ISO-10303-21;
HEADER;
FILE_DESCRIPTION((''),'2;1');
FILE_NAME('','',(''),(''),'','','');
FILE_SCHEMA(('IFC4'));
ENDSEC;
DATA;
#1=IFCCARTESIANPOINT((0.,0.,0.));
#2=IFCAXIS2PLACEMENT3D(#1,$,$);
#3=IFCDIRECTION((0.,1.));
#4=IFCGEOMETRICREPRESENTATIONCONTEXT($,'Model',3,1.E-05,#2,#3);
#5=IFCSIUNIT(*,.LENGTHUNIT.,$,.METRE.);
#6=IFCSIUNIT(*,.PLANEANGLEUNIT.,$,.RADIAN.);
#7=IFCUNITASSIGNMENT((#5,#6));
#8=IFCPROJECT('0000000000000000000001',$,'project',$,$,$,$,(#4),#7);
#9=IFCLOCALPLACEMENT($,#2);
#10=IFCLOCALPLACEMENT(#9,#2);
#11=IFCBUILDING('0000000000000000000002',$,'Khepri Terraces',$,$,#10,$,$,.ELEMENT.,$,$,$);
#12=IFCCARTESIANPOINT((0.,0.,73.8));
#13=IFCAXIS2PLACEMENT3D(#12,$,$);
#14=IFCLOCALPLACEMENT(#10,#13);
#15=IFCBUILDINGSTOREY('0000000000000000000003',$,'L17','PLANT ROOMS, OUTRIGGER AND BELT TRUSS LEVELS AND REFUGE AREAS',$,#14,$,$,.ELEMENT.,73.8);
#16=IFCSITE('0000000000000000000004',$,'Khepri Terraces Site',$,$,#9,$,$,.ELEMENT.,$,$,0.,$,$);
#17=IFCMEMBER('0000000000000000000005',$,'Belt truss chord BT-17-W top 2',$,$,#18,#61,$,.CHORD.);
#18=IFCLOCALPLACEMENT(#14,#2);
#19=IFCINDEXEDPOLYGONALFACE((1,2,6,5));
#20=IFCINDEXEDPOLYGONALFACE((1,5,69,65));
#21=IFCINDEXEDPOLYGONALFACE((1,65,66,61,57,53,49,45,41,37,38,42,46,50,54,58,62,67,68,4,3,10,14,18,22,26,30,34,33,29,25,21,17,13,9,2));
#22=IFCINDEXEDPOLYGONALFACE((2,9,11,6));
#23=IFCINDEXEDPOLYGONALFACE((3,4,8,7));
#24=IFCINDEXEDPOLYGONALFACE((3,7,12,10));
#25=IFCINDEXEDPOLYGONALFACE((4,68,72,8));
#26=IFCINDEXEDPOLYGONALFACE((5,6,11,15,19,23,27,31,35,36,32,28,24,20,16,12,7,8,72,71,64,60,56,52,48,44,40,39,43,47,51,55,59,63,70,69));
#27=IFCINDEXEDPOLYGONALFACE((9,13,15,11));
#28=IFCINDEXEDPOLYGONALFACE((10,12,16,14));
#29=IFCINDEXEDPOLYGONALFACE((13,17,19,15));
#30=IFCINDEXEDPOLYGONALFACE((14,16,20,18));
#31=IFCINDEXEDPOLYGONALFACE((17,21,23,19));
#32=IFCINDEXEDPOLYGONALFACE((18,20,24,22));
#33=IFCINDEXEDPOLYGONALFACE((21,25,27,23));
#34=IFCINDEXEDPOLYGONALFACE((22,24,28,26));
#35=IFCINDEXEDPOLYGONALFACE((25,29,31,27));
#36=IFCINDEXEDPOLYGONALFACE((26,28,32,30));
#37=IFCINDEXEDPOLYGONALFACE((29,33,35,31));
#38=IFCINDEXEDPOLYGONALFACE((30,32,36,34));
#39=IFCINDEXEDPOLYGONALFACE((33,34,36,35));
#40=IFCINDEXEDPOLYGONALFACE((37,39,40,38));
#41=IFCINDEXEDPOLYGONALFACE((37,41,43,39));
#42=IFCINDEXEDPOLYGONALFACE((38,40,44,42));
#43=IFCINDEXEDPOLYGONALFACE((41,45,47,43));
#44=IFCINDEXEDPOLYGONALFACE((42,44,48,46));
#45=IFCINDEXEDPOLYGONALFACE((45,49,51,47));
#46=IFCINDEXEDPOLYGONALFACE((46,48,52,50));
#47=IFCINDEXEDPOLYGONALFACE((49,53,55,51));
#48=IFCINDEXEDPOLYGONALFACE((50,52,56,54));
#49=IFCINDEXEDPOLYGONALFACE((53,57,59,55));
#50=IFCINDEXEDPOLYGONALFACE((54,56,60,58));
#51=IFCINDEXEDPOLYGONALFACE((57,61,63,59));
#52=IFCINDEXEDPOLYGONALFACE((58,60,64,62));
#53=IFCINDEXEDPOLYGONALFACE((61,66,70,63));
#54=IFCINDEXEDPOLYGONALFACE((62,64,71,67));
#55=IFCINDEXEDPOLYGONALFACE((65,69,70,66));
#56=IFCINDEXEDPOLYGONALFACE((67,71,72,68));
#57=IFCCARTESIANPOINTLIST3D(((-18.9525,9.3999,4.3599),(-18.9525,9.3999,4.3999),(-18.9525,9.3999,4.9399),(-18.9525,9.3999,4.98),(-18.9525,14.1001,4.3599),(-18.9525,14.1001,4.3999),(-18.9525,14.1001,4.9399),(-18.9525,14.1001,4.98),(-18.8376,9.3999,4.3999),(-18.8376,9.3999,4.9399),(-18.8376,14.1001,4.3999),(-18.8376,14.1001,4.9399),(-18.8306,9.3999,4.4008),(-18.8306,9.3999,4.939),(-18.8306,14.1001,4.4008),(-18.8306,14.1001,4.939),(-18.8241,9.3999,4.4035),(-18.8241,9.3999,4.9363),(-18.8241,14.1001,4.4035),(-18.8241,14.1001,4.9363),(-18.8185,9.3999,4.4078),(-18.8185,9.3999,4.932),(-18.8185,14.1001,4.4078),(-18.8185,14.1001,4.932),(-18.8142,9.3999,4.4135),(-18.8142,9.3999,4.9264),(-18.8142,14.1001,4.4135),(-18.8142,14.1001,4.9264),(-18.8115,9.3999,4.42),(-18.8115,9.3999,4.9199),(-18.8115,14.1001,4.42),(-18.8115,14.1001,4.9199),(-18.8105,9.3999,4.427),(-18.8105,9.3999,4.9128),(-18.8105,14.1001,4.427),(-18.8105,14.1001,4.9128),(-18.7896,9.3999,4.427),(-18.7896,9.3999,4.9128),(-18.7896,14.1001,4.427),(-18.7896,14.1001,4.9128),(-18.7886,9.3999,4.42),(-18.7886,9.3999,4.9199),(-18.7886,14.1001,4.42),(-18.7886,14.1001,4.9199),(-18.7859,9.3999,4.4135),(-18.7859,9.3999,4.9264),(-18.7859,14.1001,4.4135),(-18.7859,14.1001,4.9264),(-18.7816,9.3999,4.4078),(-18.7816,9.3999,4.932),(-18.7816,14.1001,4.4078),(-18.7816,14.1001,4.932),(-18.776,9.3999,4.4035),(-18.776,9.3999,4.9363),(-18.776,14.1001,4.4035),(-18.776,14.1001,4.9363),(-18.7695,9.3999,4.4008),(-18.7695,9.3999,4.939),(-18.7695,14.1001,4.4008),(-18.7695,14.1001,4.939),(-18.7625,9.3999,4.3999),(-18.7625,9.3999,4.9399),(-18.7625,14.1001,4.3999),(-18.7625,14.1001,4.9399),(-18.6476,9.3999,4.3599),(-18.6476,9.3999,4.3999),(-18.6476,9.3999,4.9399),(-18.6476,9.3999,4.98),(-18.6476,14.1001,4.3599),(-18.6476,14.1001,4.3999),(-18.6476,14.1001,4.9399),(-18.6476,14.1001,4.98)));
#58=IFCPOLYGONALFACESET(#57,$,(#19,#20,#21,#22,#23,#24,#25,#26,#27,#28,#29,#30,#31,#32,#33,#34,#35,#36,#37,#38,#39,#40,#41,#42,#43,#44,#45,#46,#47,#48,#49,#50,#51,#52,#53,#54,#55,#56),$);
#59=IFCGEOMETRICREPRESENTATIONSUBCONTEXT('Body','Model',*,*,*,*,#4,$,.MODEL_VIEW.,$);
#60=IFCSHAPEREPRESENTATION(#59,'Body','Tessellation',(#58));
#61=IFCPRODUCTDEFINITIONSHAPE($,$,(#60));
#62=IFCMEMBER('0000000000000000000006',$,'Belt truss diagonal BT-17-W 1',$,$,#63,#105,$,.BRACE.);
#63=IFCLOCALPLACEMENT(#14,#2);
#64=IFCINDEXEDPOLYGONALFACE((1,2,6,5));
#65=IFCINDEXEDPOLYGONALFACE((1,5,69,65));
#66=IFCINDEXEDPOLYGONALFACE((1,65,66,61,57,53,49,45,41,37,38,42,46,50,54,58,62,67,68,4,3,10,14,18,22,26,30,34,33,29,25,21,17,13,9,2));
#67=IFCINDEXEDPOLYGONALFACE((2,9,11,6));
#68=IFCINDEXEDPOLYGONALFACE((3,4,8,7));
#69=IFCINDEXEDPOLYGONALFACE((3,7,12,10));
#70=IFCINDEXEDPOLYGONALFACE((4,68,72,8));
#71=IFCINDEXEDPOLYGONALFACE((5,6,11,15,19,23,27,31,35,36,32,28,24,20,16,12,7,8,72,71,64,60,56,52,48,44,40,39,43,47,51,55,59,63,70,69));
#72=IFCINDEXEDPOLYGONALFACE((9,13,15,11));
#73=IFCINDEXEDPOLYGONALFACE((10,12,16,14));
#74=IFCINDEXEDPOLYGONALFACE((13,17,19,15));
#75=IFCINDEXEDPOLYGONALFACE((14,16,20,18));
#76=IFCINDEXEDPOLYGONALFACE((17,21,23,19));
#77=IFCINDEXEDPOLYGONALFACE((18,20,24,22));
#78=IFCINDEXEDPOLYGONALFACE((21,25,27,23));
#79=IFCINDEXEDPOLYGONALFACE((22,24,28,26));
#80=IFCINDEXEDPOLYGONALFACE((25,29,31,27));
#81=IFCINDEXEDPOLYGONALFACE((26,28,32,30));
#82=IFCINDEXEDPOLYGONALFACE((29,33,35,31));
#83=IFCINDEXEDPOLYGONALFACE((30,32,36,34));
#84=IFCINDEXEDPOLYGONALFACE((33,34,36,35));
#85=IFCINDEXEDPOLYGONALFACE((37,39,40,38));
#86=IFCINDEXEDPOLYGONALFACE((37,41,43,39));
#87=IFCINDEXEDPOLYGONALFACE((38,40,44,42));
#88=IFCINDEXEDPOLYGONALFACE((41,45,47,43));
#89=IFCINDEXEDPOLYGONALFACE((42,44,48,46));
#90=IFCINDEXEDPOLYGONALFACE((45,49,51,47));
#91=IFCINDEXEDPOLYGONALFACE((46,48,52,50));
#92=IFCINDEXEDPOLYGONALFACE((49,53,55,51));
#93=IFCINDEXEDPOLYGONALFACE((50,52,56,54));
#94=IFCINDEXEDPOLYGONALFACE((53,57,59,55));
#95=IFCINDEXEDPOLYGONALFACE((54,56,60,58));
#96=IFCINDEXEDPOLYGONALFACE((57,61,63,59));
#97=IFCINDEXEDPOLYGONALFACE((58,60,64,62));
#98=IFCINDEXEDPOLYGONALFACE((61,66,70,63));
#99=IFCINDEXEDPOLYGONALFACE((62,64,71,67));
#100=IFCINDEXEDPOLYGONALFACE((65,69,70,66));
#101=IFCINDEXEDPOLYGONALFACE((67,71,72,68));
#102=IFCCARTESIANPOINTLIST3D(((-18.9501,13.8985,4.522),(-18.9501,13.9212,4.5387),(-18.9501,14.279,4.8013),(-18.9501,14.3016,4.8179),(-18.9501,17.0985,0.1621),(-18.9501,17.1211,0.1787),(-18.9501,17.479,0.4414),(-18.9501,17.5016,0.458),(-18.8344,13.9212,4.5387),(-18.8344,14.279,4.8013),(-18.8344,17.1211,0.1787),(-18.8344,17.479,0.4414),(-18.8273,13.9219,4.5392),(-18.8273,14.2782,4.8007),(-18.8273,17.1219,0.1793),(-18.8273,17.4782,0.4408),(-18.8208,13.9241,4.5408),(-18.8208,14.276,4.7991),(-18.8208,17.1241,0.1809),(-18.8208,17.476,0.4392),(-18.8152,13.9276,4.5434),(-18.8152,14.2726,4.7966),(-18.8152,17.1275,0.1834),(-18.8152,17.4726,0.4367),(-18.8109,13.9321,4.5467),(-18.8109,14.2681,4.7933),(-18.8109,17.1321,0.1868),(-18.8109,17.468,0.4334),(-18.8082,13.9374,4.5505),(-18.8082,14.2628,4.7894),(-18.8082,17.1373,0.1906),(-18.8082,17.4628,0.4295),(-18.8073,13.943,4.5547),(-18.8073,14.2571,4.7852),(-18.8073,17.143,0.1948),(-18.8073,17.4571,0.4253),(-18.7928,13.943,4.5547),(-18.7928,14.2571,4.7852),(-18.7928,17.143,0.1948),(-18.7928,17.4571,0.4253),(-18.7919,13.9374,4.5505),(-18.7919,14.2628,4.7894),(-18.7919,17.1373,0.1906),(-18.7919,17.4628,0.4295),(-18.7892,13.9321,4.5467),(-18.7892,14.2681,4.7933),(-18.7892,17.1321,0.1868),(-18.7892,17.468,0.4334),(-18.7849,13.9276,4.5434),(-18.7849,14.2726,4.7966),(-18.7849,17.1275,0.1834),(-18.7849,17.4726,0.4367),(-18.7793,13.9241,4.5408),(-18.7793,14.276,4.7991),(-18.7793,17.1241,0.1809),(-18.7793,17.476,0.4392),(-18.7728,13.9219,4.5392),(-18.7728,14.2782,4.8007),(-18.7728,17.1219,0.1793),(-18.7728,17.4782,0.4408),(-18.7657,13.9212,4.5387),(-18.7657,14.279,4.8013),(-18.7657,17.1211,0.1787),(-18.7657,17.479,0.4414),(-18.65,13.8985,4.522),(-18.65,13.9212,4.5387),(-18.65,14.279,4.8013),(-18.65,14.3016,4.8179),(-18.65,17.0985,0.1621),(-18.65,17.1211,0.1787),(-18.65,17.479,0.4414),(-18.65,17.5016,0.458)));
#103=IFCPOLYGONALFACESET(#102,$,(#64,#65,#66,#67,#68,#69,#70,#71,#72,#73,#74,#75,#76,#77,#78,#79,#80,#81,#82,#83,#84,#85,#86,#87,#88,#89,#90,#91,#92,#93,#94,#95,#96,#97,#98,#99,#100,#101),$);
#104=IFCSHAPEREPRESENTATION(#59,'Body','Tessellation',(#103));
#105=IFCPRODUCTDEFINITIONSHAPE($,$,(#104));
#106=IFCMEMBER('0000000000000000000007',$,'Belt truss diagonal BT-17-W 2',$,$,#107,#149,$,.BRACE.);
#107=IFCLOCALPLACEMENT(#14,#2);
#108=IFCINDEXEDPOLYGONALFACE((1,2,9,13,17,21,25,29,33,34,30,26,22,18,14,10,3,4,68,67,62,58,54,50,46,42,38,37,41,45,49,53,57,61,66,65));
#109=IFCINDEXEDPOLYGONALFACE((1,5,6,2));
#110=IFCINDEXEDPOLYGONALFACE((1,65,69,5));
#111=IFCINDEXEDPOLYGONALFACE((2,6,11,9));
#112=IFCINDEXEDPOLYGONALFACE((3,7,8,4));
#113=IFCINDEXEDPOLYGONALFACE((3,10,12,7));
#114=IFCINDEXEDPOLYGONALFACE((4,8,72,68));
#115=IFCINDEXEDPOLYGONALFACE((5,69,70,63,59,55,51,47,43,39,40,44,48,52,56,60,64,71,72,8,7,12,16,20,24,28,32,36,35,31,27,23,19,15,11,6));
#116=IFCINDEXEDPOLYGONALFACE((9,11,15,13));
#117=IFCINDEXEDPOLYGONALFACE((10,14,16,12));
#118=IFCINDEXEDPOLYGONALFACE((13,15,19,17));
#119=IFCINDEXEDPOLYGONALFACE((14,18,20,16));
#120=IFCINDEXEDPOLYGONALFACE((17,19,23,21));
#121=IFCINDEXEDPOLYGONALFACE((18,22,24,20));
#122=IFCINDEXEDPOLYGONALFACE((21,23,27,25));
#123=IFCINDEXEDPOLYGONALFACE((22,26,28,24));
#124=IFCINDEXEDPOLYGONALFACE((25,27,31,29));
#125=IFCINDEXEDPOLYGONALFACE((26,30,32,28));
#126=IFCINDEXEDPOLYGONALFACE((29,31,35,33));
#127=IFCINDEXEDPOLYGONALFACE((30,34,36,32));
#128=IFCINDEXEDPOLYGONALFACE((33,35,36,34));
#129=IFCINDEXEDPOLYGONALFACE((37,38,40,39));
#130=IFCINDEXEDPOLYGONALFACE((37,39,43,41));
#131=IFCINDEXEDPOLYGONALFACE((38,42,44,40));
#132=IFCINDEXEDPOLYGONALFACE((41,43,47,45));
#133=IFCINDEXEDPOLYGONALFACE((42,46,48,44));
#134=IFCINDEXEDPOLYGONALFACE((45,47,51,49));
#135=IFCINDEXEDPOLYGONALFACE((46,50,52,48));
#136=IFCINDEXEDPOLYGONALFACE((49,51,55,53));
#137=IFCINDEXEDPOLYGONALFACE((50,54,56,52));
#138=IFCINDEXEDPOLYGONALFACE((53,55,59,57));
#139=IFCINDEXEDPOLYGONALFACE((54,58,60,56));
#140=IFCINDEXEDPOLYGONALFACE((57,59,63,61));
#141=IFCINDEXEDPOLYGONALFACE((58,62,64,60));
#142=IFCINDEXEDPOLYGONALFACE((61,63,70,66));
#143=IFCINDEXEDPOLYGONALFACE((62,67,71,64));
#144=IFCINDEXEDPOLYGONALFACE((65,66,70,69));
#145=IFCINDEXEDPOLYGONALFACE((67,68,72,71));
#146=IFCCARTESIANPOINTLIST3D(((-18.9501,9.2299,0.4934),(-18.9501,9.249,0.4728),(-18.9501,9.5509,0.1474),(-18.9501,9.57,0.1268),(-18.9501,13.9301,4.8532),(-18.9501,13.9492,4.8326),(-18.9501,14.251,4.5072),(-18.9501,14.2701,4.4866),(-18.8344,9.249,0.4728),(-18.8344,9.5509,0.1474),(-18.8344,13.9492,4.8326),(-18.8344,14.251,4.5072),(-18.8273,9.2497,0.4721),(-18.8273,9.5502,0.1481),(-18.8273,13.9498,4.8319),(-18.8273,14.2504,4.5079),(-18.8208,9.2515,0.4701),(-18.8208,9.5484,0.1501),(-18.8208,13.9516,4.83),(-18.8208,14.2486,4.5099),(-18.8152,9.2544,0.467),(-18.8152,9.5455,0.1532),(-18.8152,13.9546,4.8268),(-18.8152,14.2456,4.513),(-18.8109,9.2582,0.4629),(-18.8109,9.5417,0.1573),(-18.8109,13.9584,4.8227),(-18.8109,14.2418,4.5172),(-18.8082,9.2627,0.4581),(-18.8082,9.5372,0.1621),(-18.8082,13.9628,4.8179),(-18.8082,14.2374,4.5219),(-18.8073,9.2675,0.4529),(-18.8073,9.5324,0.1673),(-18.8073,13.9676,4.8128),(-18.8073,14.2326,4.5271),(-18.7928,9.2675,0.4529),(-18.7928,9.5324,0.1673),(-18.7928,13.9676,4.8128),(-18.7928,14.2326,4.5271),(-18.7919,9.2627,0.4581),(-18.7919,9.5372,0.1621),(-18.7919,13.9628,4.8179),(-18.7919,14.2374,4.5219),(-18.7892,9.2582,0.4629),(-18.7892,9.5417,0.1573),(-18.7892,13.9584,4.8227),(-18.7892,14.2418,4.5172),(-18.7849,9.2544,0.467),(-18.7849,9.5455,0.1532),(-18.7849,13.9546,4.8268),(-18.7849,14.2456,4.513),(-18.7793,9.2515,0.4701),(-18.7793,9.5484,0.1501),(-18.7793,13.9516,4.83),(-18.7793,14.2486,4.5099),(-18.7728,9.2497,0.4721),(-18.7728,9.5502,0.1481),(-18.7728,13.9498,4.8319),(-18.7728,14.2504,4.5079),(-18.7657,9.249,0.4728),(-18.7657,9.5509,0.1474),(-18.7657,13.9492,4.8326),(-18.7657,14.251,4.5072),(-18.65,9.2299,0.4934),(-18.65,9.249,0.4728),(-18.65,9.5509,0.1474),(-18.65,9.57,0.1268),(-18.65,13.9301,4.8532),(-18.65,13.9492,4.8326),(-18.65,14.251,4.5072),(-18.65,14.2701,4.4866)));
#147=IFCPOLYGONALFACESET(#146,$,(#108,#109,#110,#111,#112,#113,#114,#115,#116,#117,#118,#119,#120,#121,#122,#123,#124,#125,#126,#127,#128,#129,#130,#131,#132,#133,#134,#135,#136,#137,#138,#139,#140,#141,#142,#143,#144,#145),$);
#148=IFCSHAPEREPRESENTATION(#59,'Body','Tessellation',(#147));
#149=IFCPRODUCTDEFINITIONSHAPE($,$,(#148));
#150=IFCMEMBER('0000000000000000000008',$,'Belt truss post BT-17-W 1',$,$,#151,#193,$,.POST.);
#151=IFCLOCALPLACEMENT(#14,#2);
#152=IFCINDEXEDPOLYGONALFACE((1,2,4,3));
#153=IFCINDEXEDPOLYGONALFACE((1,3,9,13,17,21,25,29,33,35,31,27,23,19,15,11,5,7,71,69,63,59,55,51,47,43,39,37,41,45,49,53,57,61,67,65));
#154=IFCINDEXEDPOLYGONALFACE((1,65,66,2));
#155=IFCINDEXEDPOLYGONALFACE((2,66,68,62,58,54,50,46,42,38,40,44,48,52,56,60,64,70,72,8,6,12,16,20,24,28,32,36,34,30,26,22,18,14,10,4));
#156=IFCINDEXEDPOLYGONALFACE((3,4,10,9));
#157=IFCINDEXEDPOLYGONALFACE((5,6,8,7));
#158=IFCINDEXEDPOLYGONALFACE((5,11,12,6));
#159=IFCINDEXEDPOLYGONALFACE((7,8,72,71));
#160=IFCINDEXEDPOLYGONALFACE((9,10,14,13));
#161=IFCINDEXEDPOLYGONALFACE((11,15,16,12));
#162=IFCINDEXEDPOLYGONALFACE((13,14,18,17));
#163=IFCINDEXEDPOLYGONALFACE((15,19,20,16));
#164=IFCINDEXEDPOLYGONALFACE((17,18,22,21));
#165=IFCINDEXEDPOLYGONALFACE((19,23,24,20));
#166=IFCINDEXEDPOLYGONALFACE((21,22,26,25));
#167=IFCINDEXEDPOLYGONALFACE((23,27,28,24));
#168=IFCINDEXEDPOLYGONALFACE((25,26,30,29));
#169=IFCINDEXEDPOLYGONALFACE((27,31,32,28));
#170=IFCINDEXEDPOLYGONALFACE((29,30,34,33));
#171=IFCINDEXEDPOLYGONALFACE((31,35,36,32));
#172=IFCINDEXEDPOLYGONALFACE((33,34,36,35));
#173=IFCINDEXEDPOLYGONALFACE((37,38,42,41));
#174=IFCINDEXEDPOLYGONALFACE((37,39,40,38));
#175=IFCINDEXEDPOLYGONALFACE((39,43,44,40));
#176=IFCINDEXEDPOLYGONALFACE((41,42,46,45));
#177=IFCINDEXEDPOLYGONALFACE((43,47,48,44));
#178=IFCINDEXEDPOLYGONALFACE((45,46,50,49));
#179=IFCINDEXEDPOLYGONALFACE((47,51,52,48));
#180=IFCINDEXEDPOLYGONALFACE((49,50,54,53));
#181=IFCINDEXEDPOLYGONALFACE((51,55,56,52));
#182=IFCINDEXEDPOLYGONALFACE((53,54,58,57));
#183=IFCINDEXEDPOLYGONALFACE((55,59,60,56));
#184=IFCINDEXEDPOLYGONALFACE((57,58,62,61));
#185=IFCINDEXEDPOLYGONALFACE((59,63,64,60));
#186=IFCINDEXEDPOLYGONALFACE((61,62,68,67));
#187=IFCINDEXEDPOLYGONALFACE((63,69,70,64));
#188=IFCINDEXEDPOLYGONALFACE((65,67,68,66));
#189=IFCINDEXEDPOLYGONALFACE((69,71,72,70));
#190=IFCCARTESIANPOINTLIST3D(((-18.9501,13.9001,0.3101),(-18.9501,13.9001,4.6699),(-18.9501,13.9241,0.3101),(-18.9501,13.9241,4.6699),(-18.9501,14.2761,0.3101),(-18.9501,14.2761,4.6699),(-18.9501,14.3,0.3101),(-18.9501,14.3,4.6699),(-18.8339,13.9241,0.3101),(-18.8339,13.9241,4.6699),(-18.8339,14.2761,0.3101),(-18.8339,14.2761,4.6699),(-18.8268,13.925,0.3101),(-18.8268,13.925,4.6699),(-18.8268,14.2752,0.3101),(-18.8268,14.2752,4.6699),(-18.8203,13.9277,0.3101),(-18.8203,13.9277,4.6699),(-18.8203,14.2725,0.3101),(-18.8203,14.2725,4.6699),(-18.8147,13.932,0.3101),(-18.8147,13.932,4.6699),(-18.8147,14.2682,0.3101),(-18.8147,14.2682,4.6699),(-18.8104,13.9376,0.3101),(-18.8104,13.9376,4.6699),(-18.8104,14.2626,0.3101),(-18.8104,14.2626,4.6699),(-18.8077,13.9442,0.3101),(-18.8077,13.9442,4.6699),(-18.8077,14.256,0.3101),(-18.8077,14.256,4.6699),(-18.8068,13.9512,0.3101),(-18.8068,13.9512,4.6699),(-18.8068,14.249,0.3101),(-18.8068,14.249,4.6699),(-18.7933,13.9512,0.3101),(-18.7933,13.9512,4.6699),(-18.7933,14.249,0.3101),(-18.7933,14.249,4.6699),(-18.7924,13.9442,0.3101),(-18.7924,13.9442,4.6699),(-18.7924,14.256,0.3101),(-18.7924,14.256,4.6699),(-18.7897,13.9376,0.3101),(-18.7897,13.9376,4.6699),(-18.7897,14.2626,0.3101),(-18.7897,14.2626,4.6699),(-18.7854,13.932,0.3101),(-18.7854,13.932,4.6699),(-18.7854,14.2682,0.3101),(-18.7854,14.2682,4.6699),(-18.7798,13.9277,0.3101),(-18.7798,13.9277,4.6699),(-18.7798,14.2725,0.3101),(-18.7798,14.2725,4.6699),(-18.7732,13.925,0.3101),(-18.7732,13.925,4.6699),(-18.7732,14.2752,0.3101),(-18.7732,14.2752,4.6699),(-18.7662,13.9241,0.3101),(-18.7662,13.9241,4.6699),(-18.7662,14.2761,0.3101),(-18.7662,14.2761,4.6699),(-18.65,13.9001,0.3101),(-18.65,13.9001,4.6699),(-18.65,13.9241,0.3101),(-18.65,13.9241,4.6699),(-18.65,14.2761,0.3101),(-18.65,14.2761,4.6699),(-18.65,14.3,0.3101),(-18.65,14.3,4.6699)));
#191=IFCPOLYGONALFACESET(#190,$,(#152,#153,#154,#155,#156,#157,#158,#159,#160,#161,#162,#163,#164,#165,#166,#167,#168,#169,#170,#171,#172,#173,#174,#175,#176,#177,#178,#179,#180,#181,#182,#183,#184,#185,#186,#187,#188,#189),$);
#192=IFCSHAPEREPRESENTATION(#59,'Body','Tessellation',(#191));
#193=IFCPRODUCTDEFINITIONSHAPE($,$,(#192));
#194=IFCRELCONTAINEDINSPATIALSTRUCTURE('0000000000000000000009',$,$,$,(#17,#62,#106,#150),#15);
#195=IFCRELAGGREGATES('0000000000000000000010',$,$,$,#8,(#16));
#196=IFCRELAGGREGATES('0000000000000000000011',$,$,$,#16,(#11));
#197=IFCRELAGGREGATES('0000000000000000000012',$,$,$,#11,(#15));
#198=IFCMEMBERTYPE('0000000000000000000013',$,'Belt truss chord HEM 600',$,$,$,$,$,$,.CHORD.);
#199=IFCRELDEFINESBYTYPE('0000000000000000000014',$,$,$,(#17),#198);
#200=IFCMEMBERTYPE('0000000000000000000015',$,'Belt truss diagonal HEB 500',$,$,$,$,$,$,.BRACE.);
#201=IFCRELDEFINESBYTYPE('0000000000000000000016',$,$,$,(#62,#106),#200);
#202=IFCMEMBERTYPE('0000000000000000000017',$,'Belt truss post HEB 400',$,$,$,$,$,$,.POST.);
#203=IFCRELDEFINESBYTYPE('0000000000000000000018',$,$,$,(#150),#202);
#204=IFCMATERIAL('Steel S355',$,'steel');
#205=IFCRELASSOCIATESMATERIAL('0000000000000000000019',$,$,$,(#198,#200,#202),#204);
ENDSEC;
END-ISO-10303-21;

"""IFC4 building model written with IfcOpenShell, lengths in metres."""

from ifc_helpers import new_model, si_unit, direction, frame, origin, origin_2d, place, context, subcontext, project, spatial, i_section, extrude, material, material_profile, profile_set, type_object, element, save


model = new_model("IFC4")

# Units and contexts
model_context = context("Model", 3, precision=1e-05, world=origin(), true_north=direction((0.0, 1.0)))
body_context = subcontext(model_context, "Body", "Model", "MODEL_VIEW")
ifc_project = project(units=[si_unit("LENGTHUNIT", "METRE"), si_unit("PLANEANGLEUNIT", "RADIAN")], contexts=[model_context])

# Site, building, storey
site_placement = place(None, origin())
site = spatial("IfcSite", under=ifc_project, at=site_placement, Name="Khepri Terraces Site", CompositionType="ELEMENT", RefElevation=0.0)
building_placement = place(site_placement, origin())
building = spatial("IfcBuilding", under=site, at=building_placement, Name="Khepri Terraces", CompositionType="ELEMENT")
storey_placement = place(building_placement, frame((0.0, 0.0, 73.8)))
storey = spatial("IfcBuildingStorey", under=building, at=storey_placement, Name="L17", Description="PLANT ROOMS, OUTRIGGER AND BELT TRUSS LEVELS AND REFUGE AREAS", CompositionType="ELEMENT", Elevation=73.8)

# Members
ifc_material_1 = material(Name="Steel S355", Category="steel")
ifc_material_profile_1 = material_profile(ifc_material_1, i_section(OverallWidth=0.3049, OverallDepth=0.6201, WebThickness=0.021, FlangeThickness=0.04, FilletRadius=0.0271, at=origin_2d()), Name="Steel S355", Category="steel")
ifc_profile_set_1 = profile_set([ifc_material_profile_1], Name="Steel S355")
member_type_1 = type_object("IfcMemberType", Name="Belt truss chord HEM 600", PredefinedType="CHORD", material=ifc_profile_set_1)
for number, where, z_axis, x_axis, name in (
    (1, (-18.8, 14.1001, 4.6699), (0.0, -1.0, 0.0), (1.0, 0.0, 0.0), "Belt truss chord BT-17-W top 2"),
):
    element("IfcMember", number, at=place(storey_placement, frame(where, z_axis=z_axis, x_axis=x_axis)), inside=storey, type_object=member_type_1, Name=name, PredefinedType="CHORD", context=body_context, shape_type="SweptSolid", body=[
        extrude(i_section(OverallWidth=0.3049, OverallDepth=0.6201, WebThickness=0.021, FlangeThickness=0.04, FilletRadius=0.0271, at=origin_2d()), origin(), (0.0, 0.0, 1.0), 4.7002),
    ])
ifc_material_profile_2 = material_profile(ifc_material_1, i_section(OverallWidth=0.3, OverallDepth=0.5, WebThickness=0.0144, FlangeThickness=0.0281, FilletRadius=0.0271, at=origin_2d()), Name="Steel S355", Category="steel")
ifc_profile_set_2 = profile_set([ifc_material_profile_2], Name="Steel S355")
member_type_2 = type_object("IfcMemberType", Name="Belt truss diagonal HEB 500", PredefinedType="BRACE", material=ifc_profile_set_2)
member_1_placement = place(storey_placement, frame((-18.8, 17.3, 0.3101), z_axis=(0.0, -0.59169, 0.806165), x_axis=(1.0, 0.0, 0.0)))
element("IfcMember", 2, at=member_1_placement, inside=storey, type_object=member_type_2, Name="Belt truss diagonal BT-17-W 1", PredefinedType="BRACE", context=body_context, shape_type="SweptSolid", body=[
    extrude(i_section(OverallWidth=0.3, OverallDepth=0.5, WebThickness=0.0144, FlangeThickness=0.0281, FilletRadius=0.0271, at=origin_2d()), origin(), (0.0, 0.0, 1.0), 5.4082),
])
member_2_placement = place(storey_placement, frame((-18.8, 14.1001, 4.6699), z_axis=(0.0, -0.733151, -0.680065), x_axis=(1.0, 0.0, 0.0)))
element("IfcMember", 3, at=member_2_placement, inside=storey, type_object=member_type_2, Name="Belt truss diagonal BT-17-W 2", PredefinedType="BRACE", context=body_context, shape_type="SweptSolid", body=[
    extrude(i_section(OverallWidth=0.3, OverallDepth=0.5, WebThickness=0.0144, FlangeThickness=0.0281, FilletRadius=0.0271, at=origin_2d()), origin(), (0.0, 0.0, 1.0), 6.4109),
])
ifc_material_profile_3 = material_profile(ifc_material_1, i_section(OverallWidth=0.3, OverallDepth=0.3999, WebThickness=0.0134, FlangeThickness=0.0239, FilletRadius=0.0271, at=origin_2d()), Name="Steel S355", Category="steel")
ifc_profile_set_3 = profile_set([ifc_material_profile_3], Name="Steel S355")
member_type_3 = type_object("IfcMemberType", Name="Belt truss post HEB 400", PredefinedType="POST", material=ifc_profile_set_3)
member_3_placement = place(storey_placement, frame((-18.8, 14.1001, 0.3101), z_axis=(0.0, 0.0, 1.0), x_axis=(1.0, 0.0, 0.0)))
element("IfcMember", 4, at=member_3_placement, inside=storey, type_object=member_type_3, Name="Belt truss post BT-17-W 1", PredefinedType="POST", context=body_context, shape_type="SweptSolid", body=[
    extrude(i_section(OverallWidth=0.3, OverallDepth=0.3999, WebThickness=0.0134, FlangeThickness=0.0239, FilletRadius=0.0271, at=origin_2d()), origin(), (0.0, 0.0, 1.0), 4.3599),
])

save(model, "model.ifc")
